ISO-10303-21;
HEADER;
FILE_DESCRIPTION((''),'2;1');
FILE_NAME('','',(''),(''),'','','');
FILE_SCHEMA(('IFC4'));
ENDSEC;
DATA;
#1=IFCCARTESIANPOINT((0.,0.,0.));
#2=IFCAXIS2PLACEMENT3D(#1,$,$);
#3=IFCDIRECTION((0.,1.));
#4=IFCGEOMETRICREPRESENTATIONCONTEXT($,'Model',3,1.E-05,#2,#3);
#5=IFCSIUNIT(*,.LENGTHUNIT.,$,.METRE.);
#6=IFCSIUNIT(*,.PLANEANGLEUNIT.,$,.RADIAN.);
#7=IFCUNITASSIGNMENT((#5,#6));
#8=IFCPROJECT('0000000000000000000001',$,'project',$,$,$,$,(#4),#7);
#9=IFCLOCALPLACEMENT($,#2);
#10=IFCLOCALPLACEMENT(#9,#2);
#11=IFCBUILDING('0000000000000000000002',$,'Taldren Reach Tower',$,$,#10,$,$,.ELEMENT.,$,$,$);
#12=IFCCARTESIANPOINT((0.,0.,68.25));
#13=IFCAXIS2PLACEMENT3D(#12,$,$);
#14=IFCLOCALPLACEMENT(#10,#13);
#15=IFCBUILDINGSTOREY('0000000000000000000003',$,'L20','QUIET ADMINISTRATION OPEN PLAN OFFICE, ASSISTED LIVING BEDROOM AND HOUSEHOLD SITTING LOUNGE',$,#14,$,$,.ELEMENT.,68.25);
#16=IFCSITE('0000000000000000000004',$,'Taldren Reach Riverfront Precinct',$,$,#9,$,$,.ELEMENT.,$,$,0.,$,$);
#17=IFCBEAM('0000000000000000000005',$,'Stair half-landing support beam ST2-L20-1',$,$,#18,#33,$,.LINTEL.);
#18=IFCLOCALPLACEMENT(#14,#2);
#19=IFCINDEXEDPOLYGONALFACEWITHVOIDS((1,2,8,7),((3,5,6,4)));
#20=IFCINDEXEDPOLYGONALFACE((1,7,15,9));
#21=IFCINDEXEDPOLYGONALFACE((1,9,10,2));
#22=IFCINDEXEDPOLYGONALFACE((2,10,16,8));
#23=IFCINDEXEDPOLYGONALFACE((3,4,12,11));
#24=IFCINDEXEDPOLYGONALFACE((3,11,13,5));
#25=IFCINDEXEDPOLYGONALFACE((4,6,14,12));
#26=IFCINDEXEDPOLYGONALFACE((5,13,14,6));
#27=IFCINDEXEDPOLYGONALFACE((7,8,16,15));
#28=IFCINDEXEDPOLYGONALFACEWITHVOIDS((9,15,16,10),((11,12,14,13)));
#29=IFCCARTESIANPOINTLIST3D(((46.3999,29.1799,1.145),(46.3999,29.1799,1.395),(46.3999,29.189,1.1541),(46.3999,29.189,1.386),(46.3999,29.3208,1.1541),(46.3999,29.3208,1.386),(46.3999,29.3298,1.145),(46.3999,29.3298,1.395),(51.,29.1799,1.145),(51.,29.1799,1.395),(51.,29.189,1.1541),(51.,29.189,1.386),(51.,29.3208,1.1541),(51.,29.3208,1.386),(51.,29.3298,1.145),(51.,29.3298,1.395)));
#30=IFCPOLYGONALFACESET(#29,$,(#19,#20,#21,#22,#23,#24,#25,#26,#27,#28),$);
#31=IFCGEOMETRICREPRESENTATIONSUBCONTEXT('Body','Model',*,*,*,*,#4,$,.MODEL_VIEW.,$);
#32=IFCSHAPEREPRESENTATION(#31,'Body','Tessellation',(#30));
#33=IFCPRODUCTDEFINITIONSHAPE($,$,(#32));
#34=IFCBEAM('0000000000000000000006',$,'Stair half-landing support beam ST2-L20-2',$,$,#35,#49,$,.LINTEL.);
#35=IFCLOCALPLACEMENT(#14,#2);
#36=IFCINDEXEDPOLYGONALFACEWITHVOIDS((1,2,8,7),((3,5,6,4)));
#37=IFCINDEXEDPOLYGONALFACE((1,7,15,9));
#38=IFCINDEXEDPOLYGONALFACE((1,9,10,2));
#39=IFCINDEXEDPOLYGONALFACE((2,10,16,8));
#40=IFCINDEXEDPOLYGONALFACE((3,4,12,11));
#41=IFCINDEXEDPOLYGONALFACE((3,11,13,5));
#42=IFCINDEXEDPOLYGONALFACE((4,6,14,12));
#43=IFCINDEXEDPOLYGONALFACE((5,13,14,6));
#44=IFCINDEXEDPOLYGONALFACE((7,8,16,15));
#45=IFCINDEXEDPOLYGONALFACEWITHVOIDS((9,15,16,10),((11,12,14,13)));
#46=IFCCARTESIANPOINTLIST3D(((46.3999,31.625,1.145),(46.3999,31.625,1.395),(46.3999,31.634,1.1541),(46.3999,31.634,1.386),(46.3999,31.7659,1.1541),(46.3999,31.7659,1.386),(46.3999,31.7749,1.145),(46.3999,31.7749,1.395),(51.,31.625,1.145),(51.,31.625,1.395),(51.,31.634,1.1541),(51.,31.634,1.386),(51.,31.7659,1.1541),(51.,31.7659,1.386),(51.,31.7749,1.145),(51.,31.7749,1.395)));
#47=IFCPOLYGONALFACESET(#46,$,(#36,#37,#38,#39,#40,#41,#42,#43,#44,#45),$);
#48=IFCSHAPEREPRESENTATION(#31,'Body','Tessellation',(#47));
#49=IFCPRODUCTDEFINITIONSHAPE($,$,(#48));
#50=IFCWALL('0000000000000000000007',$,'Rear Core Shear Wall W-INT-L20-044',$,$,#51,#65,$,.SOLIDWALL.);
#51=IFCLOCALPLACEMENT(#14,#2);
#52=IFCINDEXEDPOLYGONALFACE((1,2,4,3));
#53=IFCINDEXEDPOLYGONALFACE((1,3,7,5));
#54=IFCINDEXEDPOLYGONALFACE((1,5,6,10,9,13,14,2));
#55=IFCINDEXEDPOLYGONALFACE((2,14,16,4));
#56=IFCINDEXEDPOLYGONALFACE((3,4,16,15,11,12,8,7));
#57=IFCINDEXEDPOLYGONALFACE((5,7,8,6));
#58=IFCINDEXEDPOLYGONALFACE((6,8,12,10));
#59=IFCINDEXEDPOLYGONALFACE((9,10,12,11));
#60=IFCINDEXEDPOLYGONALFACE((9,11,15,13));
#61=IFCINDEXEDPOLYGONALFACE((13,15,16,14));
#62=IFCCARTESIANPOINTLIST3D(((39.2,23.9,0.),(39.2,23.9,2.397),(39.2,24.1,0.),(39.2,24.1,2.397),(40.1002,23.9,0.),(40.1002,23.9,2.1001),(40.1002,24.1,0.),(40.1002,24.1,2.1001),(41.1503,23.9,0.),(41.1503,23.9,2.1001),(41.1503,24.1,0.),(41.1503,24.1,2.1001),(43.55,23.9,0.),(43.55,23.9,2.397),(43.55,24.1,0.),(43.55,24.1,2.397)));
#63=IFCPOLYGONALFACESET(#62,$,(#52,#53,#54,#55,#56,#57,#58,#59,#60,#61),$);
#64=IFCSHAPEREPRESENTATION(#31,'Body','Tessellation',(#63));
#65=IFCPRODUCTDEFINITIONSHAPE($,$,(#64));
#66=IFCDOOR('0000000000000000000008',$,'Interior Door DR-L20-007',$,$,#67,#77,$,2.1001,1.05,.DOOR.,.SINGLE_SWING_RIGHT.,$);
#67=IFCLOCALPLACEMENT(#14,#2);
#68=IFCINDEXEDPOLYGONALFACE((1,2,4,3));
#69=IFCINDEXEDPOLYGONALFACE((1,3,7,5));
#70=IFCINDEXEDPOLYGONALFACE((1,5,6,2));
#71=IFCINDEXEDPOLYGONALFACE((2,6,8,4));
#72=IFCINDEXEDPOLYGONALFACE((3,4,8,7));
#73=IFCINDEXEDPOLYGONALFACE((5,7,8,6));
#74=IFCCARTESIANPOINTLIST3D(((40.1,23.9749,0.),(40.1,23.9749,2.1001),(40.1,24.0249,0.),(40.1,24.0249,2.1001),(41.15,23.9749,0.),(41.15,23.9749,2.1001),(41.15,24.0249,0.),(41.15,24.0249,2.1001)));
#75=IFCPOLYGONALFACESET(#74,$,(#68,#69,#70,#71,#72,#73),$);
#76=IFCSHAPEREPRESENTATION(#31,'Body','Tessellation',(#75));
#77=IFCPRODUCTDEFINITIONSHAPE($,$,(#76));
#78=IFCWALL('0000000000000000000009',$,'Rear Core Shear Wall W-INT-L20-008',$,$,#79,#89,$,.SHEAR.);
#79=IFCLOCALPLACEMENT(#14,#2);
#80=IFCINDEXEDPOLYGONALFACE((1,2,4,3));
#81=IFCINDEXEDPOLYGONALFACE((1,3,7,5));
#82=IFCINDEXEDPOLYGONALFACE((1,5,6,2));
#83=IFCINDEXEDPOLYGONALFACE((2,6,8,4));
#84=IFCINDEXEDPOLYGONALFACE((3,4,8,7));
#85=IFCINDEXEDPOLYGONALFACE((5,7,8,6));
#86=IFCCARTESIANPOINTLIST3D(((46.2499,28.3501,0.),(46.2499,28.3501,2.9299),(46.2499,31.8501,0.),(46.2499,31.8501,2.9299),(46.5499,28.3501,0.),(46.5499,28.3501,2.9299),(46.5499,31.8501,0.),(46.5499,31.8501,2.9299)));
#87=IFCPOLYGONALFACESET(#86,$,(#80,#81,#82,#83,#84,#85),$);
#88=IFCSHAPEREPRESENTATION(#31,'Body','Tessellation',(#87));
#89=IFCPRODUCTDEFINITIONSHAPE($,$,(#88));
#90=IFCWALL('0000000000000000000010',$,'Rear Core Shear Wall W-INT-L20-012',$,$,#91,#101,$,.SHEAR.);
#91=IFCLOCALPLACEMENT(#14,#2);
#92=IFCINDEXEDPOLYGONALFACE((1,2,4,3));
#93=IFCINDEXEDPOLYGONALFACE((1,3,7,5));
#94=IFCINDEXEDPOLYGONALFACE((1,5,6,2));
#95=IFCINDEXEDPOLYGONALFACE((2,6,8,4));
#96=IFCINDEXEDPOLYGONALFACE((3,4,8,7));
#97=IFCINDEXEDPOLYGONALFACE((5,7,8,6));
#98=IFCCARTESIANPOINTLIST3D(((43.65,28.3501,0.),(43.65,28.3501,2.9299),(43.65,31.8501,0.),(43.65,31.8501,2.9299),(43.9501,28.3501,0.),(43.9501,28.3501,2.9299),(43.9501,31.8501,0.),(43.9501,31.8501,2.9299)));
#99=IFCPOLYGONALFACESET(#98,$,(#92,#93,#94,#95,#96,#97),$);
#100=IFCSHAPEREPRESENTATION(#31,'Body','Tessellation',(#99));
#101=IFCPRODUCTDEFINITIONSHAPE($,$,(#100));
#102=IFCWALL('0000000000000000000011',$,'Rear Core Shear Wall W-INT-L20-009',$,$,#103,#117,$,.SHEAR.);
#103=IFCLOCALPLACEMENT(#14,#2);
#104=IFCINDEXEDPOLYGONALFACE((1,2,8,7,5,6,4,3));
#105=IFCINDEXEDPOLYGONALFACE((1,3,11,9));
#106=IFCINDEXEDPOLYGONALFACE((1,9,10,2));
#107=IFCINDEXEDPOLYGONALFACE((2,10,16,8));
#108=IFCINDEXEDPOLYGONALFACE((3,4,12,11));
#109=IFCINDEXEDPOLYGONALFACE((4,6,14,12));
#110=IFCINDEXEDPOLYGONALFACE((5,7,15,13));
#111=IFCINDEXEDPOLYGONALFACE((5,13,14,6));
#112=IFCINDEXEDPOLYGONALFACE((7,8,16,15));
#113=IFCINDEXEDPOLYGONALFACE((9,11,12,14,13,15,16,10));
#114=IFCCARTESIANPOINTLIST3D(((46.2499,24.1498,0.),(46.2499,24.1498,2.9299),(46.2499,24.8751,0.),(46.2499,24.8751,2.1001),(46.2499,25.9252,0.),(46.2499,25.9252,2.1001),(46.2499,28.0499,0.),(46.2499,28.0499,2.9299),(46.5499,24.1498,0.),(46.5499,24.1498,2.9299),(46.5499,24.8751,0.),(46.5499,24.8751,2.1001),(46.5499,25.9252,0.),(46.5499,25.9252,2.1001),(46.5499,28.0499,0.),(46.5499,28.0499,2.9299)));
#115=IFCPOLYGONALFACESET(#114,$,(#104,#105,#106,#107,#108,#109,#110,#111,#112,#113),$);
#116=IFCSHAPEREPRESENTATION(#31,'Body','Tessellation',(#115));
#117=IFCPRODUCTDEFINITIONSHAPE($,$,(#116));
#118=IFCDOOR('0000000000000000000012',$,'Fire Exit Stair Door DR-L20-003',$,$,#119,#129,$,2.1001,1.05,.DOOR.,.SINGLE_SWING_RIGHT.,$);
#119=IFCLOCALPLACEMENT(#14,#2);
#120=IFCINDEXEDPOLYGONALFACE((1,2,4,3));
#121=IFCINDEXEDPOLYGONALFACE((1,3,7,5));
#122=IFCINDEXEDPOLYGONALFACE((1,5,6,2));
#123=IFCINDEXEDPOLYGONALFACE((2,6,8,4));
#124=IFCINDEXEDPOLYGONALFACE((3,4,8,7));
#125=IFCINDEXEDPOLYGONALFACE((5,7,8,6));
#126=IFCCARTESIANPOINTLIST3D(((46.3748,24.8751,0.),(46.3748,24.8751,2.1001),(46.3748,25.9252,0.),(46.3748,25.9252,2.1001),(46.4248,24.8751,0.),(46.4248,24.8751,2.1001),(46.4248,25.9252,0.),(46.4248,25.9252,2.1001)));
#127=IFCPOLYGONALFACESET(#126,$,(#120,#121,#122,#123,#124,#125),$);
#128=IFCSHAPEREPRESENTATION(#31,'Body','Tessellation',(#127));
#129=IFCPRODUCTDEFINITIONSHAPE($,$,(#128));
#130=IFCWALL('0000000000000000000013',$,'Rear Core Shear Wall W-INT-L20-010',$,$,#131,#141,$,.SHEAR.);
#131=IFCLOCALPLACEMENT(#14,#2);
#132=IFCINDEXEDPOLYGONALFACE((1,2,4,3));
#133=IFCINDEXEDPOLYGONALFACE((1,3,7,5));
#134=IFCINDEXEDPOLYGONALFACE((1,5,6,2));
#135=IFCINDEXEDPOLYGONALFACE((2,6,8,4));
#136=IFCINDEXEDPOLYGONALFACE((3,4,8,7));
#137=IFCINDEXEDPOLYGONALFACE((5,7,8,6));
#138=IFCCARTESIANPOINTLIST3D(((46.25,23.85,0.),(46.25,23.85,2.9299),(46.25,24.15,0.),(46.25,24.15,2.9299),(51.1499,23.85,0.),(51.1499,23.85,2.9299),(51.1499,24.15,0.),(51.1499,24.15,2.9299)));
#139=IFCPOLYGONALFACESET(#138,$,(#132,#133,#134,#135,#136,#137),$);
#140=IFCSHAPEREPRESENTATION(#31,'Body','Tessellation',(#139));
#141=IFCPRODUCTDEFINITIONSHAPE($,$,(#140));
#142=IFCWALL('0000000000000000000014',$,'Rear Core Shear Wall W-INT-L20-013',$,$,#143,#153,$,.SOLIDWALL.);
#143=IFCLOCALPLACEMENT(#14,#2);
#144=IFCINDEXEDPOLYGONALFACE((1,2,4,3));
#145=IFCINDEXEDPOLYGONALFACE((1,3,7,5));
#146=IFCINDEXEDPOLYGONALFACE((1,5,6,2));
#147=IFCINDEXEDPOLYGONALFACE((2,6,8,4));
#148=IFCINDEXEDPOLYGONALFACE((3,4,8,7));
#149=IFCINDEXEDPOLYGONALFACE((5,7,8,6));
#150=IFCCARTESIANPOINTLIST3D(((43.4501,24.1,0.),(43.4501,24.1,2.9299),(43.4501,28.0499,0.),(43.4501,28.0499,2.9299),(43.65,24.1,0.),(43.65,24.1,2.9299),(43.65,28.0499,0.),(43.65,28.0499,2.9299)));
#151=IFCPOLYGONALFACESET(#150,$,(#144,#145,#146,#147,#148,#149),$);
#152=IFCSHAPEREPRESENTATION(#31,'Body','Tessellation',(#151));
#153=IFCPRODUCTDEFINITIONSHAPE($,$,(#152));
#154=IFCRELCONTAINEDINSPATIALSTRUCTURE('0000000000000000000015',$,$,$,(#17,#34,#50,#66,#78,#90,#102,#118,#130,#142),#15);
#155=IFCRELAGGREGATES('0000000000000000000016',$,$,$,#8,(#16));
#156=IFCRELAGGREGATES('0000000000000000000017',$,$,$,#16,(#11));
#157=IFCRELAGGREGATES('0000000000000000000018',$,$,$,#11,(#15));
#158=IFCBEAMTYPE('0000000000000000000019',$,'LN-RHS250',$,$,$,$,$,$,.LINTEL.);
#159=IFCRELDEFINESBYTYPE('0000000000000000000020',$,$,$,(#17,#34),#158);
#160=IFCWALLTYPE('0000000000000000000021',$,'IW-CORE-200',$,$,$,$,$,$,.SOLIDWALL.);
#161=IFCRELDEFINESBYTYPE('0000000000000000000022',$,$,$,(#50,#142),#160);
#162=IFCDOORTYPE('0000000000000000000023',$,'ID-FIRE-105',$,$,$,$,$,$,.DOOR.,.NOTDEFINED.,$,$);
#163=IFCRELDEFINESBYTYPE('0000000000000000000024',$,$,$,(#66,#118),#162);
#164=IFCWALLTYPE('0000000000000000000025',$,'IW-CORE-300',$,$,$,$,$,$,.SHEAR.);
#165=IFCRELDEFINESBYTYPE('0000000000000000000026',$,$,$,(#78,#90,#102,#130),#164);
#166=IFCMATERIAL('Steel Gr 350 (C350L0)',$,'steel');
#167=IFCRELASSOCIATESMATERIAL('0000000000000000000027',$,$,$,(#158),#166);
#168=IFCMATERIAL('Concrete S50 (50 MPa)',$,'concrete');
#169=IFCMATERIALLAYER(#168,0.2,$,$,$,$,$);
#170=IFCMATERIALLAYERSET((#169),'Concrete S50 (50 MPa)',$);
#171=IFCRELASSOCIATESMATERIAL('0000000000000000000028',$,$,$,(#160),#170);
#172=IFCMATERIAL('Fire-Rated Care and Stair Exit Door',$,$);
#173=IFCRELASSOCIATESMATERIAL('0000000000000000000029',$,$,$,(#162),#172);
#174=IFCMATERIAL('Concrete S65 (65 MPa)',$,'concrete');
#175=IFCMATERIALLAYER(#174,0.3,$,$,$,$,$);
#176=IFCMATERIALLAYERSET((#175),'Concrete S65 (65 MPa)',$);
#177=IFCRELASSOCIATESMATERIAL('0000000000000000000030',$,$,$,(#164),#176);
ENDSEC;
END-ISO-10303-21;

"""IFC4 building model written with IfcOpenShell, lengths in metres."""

from ifc_helpers import new_model, si_unit, direction, frame, frame_2d, origin, origin_2d, place, context, subcontext, project, spatial, rectangle, hollow_rectangle, extrude, source, transform, mapped, material, layer, layer_set, material_profile, profile_set, type_object, element, fill, save


model = new_model("IFC4")

# Units and contexts
model_context = context("Model", 3, precision=1e-05, world=origin(), true_north=direction((0.0, 1.0)))
body_context = subcontext(model_context, "Body", "Model", "MODEL_VIEW")
ifc_project = project(units=[si_unit("LENGTHUNIT", "METRE"), si_unit("PLANEANGLEUNIT", "RADIAN")], contexts=[model_context])

# Site, building, storey
site_placement = place(None, origin())
site = spatial("IfcSite", under=ifc_project, at=site_placement, Name="Taldren Reach Riverfront Precinct", CompositionType="ELEMENT", RefElevation=0.0)
building_placement = place(site_placement, origin())
building = spatial("IfcBuilding", under=site, at=building_placement, Name="Taldren Reach Tower", CompositionType="ELEMENT")
storey_placement = place(building_placement, frame((0.0, 0.0, 68.25)))
storey = spatial("IfcBuildingStorey", under=building, at=storey_placement, Name="L20", Description="QUIET ADMINISTRATION OPEN PLAN OFFICE, ASSISTED LIVING BEDROOM AND HOUSEHOLD SITTING LOUNGE", CompositionType="ELEMENT", Elevation=68.25)

# Beams
ifc_material_1 = material(Name="Steel Gr 350 (C350L0)", Category="steel")
ifc_material_profile = material_profile(ifc_material_1, hollow_rectangle(XDim=0.1499, YDim=0.25, WallThickness=0.009, at=origin_2d()), Name="250x150x9.0RHS")
ifc_profile_set = profile_set([ifc_material_profile], Name="Steel Gr 350 (C350L0)")
beam_type = type_object("IfcBeamType", Name="LN-RHS250", PredefinedType="LINTEL", material=ifc_profile_set)
shared_shape_1 = source(origin(), body_context, "Body", "SweptSolid", [
    extrude(hollow_rectangle(XDim=0.1499, YDim=0.25, WallThickness=0.009, at=origin_2d()), origin(), (0.0, 0.0, 1.0), 4.6001),
])
for number, where, z_axis, x_axis, name in (
    (1, (46.3999, 29.2549, 1.27), (1.0, 0.0, 0.0), (0.0, 1.0, 0.0), "Stair half-landing support beam ST2-L20-1"),
    (2, (46.3999, 31.7, 1.27), (1.0, 0.0, 0.0), (0.0, 1.0, 0.0), "Stair half-landing support beam ST2-L20-2"),
):
    element("IfcBeam", number, at=place(storey_placement, frame(where, z_axis=z_axis, x_axis=x_axis)), inside=storey, type_object=beam_type, Name=name, PredefinedType="LINTEL", context=body_context, shape_type="MappedRepresentation", body=[
        mapped(shared_shape_1, transform((0.0, 0.0, 0.0), scale=1.0)),
    ])

# Wall, opening, door
ifc_material_2 = material(Name="Concrete S50 (50 MPa)", Category="concrete")
ifc_layer_1 = layer(ifc_material_2, 0.2)
ifc_layer_set_1 = layer_set([ifc_layer_1], Name="Concrete S50 (50 MPa)")
wall_type_1 = type_object("IfcWallType", Name="IW-CORE-200", PredefinedType="SOLIDWALL", material=ifc_layer_set_1)
shared_shape_2 = source(origin(), body_context, "Body", "SweptSolid", [
    extrude(rectangle(XDim=4.3501, YDim=0.2, at=frame_2d((2.175, 0.0))), origin(), (0.0, 0.0, 1.0), 2.397),
])
wall_1_placement = place(storey_placement, frame((43.55, 24.0, 0.0), z_axis=(0.0, 0.0, 1.0), x_axis=(-1.0, 0.0, 0.0)))
wall_1 = element("IfcWall", 3, at=wall_1_placement, inside=storey, type_object=wall_type_1, Name="Rear Core Shear Wall W-INT-L20-044", PredefinedType="SOLIDWALL", context=body_context, shape_type="MappedRepresentation", body=[
    mapped(shared_shape_2, transform((0.0, 0.0, 0.0), scale=1.0)),
])
shared_shape_3 = source(origin(), body_context, "Body", "SweptSolid", [
    extrude(rectangle(XDim=1.05, YDim=2.1001, at=frame_2d((0.5249, 1.05))), frame((0.0, 0.1099, 0.0), z_axis=(0.0, -1.0, 0.0), x_axis=(1.0, 0.0, 0.0)), (0.0, 0.0, 1.0), 0.22),
])
opening_1_placement = place(wall_1_placement, frame((2.3999, 0.0, 0.0)))
opening_1 = element("IfcOpeningElement", 4, at=opening_1_placement, cuts=wall_1, PredefinedType="OPENING", context=body_context, shape_type="MappedRepresentation", body=[
    mapped(shared_shape_3, transform((0.0, 0.0, 0.0), scale=1.0)),
])
ifc_material_3 = material(Name="Fire-Rated Care and Stair Exit Door")
door_type_1 = type_object("IfcDoorType", Name="ID-FIRE-105", OperationType="NOTDEFINED", PredefinedType="DOOR", material=ifc_material_3)
shared_shape_4 = source(origin(), body_context, "Body", "SweptSolid", [
    extrude(rectangle(XDim=1.05, YDim=2.1001, at=frame_2d((0.5249, 1.05))), frame((0.0, 0.0249, 0.0), z_axis=(0.0, -1.0, 0.0), x_axis=(1.0, 0.0, 0.0)), (0.0, 0.0, 1.0), 0.05),
])
door_1_placement = place(opening_1_placement, frame((1.05, 0.0, 0.0), z_axis=(0.0, 0.0, 1.0), x_axis=(-1.0, 0.0, 0.0)))
door_1 = element("IfcDoor", 5, at=door_1_placement, inside=storey, type_object=door_type_1, Name="Interior Door DR-L20-007", OperationType="SINGLE_SWING_RIGHT", OverallHeight=2.1001, OverallWidth=1.05, PredefinedType="DOOR", context=body_context, shape_type="MappedRepresentation", body=[
    mapped(shared_shape_4, transform((0.0, 0.0, 0.0), scale=1.0)),
])
fill(opening_1, door_1)

# Walls
ifc_material_4 = material(Name="Concrete S65 (65 MPa)", Category="concrete")
ifc_layer_2 = layer(ifc_material_4, 0.3)
ifc_layer_set_2 = layer_set([ifc_layer_2], Name="Concrete S65 (65 MPa)")
wall_type_2 = type_object("IfcWallType", Name="IW-CORE-300", PredefinedType="SHEAR", material=ifc_layer_set_2)
shared_shape_5 = source(origin(), body_context, "Body", "SweptSolid", [
    extrude(rectangle(XDim=3.5, YDim=0.3, at=frame_2d((1.75, 0.0))), origin(), (0.0, 0.0, 1.0), 2.9299),
])
for number, where, z_axis, x_axis, name in (
    (6, (46.3999, 31.8501, 0.0), (0.0, 0.0, 1.0), (0.0, -1.0, 0.0), "Rear Core Shear Wall W-INT-L20-008"),
    (7, (43.8, 31.8501, 0.0), (0.0, 0.0, 1.0), (0.0, -1.0, 0.0), "Rear Core Shear Wall W-INT-L20-012"),
):
    element("IfcWall", number, at=place(storey_placement, frame(where, z_axis=z_axis, x_axis=x_axis)), inside=storey, type_object=wall_type_2, Name=name, PredefinedType="SHEAR", context=body_context, shape_type="MappedRepresentation", body=[
        mapped(shared_shape_5, transform((0.0, 0.0, 0.0), scale=1.0)),
    ])

# Wall, opening, door
shared_shape_6 = source(origin(), body_context, "Body", "SweptSolid", [
    extrude(rectangle(XDim=3.9001, YDim=0.3, at=frame_2d((1.9502, 0.0))), origin(), (0.0, 0.0, 1.0), 2.9299),
])
wall_2_placement = place(storey_placement, frame((46.3999, 28.05, 0.0), z_axis=(0.0, 0.0, 1.0), x_axis=(0.0, -1.0, 0.0)))
wall_2 = element("IfcWall", 8, at=wall_2_placement, inside=storey, type_object=wall_type_2, Name="Rear Core Shear Wall W-INT-L20-009", PredefinedType="SHEAR", context=body_context, shape_type="MappedRepresentation", body=[
    mapped(shared_shape_6, transform((0.0, 0.0, 0.0), scale=1.0)),
])
shared_shape_7 = source(origin(), body_context, "Body", "SweptSolid", [
    extrude(rectangle(XDim=1.05, YDim=2.1001, at=frame_2d((0.5249, 1.05))), frame((0.0, 0.1602, 0.0), z_axis=(0.0, -1.0, 0.0), x_axis=(1.0, 0.0, 0.0)), (0.0, 0.0, 1.0), 0.3201),
])
opening_2_placement = place(wall_2_placement, frame((2.125, 0.0, 0.0)))
opening_2 = element("IfcOpeningElement", 9, at=opening_2_placement, cuts=wall_2, PredefinedType="OPENING", context=body_context, shape_type="MappedRepresentation", body=[
    mapped(shared_shape_7, transform((0.0, 0.0, 0.0), scale=1.0)),
])
door_2_placement = place(opening_2_placement, origin())
door_2 = element("IfcDoor", 10, at=door_2_placement, inside=storey, type_object=door_type_1, Name="Fire Exit Stair Door DR-L20-003", OperationType="SINGLE_SWING_RIGHT", OverallHeight=2.1001, OverallWidth=1.05, PredefinedType="DOOR", context=body_context, shape_type="MappedRepresentation", body=[
    mapped(shared_shape_4, transform((0.0, 0.0, 0.0), scale=1.0)),
])
fill(opening_2, door_2)

# Wall
shared_shape_8 = source(origin(), body_context, "Body", "SweptSolid", [
    extrude(rectangle(XDim=4.8999, YDim=0.3, at=frame_2d((2.45, 0.0))), origin(), (0.0, 0.0, 1.0), 2.9299),
])
wall_3_placement = place(storey_placement, frame((46.25, 24.0, 0.0), z_axis=(0.0, 0.0, 1.0), x_axis=(1.0, 0.0, 0.0)))
element("IfcWall", 11, at=wall_3_placement, inside=storey, type_object=wall_type_2, Name="Rear Core Shear Wall W-INT-L20-010", PredefinedType="SHEAR", context=body_context, shape_type="MappedRepresentation", body=[
    mapped(shared_shape_8, transform((0.0, 0.0, 0.0), scale=1.0)),
])

# Wall
shared_shape_9 = source(origin(), body_context, "Body", "SweptSolid", [
    extrude(rectangle(XDim=3.95, YDim=0.2, at=frame_2d((1.9751, 0.0))), origin(), (0.0, 0.0, 1.0), 2.9299),
])
wall_4_placement = place(storey_placement, frame((43.55, 28.05, 0.0), z_axis=(0.0, 0.0, 1.0), x_axis=(0.0, -1.0, 0.0)))
element("IfcWall", 12, at=wall_4_placement, inside=storey, type_object=wall_type_1, Name="Rear Core Shear Wall W-INT-L20-013", PredefinedType="SOLIDWALL", context=body_context, shape_type="MappedRepresentation", body=[
    mapped(shared_shape_9, transform((0.0, 0.0, 0.0), scale=1.0)),
])

save(model, "model.ifc")
